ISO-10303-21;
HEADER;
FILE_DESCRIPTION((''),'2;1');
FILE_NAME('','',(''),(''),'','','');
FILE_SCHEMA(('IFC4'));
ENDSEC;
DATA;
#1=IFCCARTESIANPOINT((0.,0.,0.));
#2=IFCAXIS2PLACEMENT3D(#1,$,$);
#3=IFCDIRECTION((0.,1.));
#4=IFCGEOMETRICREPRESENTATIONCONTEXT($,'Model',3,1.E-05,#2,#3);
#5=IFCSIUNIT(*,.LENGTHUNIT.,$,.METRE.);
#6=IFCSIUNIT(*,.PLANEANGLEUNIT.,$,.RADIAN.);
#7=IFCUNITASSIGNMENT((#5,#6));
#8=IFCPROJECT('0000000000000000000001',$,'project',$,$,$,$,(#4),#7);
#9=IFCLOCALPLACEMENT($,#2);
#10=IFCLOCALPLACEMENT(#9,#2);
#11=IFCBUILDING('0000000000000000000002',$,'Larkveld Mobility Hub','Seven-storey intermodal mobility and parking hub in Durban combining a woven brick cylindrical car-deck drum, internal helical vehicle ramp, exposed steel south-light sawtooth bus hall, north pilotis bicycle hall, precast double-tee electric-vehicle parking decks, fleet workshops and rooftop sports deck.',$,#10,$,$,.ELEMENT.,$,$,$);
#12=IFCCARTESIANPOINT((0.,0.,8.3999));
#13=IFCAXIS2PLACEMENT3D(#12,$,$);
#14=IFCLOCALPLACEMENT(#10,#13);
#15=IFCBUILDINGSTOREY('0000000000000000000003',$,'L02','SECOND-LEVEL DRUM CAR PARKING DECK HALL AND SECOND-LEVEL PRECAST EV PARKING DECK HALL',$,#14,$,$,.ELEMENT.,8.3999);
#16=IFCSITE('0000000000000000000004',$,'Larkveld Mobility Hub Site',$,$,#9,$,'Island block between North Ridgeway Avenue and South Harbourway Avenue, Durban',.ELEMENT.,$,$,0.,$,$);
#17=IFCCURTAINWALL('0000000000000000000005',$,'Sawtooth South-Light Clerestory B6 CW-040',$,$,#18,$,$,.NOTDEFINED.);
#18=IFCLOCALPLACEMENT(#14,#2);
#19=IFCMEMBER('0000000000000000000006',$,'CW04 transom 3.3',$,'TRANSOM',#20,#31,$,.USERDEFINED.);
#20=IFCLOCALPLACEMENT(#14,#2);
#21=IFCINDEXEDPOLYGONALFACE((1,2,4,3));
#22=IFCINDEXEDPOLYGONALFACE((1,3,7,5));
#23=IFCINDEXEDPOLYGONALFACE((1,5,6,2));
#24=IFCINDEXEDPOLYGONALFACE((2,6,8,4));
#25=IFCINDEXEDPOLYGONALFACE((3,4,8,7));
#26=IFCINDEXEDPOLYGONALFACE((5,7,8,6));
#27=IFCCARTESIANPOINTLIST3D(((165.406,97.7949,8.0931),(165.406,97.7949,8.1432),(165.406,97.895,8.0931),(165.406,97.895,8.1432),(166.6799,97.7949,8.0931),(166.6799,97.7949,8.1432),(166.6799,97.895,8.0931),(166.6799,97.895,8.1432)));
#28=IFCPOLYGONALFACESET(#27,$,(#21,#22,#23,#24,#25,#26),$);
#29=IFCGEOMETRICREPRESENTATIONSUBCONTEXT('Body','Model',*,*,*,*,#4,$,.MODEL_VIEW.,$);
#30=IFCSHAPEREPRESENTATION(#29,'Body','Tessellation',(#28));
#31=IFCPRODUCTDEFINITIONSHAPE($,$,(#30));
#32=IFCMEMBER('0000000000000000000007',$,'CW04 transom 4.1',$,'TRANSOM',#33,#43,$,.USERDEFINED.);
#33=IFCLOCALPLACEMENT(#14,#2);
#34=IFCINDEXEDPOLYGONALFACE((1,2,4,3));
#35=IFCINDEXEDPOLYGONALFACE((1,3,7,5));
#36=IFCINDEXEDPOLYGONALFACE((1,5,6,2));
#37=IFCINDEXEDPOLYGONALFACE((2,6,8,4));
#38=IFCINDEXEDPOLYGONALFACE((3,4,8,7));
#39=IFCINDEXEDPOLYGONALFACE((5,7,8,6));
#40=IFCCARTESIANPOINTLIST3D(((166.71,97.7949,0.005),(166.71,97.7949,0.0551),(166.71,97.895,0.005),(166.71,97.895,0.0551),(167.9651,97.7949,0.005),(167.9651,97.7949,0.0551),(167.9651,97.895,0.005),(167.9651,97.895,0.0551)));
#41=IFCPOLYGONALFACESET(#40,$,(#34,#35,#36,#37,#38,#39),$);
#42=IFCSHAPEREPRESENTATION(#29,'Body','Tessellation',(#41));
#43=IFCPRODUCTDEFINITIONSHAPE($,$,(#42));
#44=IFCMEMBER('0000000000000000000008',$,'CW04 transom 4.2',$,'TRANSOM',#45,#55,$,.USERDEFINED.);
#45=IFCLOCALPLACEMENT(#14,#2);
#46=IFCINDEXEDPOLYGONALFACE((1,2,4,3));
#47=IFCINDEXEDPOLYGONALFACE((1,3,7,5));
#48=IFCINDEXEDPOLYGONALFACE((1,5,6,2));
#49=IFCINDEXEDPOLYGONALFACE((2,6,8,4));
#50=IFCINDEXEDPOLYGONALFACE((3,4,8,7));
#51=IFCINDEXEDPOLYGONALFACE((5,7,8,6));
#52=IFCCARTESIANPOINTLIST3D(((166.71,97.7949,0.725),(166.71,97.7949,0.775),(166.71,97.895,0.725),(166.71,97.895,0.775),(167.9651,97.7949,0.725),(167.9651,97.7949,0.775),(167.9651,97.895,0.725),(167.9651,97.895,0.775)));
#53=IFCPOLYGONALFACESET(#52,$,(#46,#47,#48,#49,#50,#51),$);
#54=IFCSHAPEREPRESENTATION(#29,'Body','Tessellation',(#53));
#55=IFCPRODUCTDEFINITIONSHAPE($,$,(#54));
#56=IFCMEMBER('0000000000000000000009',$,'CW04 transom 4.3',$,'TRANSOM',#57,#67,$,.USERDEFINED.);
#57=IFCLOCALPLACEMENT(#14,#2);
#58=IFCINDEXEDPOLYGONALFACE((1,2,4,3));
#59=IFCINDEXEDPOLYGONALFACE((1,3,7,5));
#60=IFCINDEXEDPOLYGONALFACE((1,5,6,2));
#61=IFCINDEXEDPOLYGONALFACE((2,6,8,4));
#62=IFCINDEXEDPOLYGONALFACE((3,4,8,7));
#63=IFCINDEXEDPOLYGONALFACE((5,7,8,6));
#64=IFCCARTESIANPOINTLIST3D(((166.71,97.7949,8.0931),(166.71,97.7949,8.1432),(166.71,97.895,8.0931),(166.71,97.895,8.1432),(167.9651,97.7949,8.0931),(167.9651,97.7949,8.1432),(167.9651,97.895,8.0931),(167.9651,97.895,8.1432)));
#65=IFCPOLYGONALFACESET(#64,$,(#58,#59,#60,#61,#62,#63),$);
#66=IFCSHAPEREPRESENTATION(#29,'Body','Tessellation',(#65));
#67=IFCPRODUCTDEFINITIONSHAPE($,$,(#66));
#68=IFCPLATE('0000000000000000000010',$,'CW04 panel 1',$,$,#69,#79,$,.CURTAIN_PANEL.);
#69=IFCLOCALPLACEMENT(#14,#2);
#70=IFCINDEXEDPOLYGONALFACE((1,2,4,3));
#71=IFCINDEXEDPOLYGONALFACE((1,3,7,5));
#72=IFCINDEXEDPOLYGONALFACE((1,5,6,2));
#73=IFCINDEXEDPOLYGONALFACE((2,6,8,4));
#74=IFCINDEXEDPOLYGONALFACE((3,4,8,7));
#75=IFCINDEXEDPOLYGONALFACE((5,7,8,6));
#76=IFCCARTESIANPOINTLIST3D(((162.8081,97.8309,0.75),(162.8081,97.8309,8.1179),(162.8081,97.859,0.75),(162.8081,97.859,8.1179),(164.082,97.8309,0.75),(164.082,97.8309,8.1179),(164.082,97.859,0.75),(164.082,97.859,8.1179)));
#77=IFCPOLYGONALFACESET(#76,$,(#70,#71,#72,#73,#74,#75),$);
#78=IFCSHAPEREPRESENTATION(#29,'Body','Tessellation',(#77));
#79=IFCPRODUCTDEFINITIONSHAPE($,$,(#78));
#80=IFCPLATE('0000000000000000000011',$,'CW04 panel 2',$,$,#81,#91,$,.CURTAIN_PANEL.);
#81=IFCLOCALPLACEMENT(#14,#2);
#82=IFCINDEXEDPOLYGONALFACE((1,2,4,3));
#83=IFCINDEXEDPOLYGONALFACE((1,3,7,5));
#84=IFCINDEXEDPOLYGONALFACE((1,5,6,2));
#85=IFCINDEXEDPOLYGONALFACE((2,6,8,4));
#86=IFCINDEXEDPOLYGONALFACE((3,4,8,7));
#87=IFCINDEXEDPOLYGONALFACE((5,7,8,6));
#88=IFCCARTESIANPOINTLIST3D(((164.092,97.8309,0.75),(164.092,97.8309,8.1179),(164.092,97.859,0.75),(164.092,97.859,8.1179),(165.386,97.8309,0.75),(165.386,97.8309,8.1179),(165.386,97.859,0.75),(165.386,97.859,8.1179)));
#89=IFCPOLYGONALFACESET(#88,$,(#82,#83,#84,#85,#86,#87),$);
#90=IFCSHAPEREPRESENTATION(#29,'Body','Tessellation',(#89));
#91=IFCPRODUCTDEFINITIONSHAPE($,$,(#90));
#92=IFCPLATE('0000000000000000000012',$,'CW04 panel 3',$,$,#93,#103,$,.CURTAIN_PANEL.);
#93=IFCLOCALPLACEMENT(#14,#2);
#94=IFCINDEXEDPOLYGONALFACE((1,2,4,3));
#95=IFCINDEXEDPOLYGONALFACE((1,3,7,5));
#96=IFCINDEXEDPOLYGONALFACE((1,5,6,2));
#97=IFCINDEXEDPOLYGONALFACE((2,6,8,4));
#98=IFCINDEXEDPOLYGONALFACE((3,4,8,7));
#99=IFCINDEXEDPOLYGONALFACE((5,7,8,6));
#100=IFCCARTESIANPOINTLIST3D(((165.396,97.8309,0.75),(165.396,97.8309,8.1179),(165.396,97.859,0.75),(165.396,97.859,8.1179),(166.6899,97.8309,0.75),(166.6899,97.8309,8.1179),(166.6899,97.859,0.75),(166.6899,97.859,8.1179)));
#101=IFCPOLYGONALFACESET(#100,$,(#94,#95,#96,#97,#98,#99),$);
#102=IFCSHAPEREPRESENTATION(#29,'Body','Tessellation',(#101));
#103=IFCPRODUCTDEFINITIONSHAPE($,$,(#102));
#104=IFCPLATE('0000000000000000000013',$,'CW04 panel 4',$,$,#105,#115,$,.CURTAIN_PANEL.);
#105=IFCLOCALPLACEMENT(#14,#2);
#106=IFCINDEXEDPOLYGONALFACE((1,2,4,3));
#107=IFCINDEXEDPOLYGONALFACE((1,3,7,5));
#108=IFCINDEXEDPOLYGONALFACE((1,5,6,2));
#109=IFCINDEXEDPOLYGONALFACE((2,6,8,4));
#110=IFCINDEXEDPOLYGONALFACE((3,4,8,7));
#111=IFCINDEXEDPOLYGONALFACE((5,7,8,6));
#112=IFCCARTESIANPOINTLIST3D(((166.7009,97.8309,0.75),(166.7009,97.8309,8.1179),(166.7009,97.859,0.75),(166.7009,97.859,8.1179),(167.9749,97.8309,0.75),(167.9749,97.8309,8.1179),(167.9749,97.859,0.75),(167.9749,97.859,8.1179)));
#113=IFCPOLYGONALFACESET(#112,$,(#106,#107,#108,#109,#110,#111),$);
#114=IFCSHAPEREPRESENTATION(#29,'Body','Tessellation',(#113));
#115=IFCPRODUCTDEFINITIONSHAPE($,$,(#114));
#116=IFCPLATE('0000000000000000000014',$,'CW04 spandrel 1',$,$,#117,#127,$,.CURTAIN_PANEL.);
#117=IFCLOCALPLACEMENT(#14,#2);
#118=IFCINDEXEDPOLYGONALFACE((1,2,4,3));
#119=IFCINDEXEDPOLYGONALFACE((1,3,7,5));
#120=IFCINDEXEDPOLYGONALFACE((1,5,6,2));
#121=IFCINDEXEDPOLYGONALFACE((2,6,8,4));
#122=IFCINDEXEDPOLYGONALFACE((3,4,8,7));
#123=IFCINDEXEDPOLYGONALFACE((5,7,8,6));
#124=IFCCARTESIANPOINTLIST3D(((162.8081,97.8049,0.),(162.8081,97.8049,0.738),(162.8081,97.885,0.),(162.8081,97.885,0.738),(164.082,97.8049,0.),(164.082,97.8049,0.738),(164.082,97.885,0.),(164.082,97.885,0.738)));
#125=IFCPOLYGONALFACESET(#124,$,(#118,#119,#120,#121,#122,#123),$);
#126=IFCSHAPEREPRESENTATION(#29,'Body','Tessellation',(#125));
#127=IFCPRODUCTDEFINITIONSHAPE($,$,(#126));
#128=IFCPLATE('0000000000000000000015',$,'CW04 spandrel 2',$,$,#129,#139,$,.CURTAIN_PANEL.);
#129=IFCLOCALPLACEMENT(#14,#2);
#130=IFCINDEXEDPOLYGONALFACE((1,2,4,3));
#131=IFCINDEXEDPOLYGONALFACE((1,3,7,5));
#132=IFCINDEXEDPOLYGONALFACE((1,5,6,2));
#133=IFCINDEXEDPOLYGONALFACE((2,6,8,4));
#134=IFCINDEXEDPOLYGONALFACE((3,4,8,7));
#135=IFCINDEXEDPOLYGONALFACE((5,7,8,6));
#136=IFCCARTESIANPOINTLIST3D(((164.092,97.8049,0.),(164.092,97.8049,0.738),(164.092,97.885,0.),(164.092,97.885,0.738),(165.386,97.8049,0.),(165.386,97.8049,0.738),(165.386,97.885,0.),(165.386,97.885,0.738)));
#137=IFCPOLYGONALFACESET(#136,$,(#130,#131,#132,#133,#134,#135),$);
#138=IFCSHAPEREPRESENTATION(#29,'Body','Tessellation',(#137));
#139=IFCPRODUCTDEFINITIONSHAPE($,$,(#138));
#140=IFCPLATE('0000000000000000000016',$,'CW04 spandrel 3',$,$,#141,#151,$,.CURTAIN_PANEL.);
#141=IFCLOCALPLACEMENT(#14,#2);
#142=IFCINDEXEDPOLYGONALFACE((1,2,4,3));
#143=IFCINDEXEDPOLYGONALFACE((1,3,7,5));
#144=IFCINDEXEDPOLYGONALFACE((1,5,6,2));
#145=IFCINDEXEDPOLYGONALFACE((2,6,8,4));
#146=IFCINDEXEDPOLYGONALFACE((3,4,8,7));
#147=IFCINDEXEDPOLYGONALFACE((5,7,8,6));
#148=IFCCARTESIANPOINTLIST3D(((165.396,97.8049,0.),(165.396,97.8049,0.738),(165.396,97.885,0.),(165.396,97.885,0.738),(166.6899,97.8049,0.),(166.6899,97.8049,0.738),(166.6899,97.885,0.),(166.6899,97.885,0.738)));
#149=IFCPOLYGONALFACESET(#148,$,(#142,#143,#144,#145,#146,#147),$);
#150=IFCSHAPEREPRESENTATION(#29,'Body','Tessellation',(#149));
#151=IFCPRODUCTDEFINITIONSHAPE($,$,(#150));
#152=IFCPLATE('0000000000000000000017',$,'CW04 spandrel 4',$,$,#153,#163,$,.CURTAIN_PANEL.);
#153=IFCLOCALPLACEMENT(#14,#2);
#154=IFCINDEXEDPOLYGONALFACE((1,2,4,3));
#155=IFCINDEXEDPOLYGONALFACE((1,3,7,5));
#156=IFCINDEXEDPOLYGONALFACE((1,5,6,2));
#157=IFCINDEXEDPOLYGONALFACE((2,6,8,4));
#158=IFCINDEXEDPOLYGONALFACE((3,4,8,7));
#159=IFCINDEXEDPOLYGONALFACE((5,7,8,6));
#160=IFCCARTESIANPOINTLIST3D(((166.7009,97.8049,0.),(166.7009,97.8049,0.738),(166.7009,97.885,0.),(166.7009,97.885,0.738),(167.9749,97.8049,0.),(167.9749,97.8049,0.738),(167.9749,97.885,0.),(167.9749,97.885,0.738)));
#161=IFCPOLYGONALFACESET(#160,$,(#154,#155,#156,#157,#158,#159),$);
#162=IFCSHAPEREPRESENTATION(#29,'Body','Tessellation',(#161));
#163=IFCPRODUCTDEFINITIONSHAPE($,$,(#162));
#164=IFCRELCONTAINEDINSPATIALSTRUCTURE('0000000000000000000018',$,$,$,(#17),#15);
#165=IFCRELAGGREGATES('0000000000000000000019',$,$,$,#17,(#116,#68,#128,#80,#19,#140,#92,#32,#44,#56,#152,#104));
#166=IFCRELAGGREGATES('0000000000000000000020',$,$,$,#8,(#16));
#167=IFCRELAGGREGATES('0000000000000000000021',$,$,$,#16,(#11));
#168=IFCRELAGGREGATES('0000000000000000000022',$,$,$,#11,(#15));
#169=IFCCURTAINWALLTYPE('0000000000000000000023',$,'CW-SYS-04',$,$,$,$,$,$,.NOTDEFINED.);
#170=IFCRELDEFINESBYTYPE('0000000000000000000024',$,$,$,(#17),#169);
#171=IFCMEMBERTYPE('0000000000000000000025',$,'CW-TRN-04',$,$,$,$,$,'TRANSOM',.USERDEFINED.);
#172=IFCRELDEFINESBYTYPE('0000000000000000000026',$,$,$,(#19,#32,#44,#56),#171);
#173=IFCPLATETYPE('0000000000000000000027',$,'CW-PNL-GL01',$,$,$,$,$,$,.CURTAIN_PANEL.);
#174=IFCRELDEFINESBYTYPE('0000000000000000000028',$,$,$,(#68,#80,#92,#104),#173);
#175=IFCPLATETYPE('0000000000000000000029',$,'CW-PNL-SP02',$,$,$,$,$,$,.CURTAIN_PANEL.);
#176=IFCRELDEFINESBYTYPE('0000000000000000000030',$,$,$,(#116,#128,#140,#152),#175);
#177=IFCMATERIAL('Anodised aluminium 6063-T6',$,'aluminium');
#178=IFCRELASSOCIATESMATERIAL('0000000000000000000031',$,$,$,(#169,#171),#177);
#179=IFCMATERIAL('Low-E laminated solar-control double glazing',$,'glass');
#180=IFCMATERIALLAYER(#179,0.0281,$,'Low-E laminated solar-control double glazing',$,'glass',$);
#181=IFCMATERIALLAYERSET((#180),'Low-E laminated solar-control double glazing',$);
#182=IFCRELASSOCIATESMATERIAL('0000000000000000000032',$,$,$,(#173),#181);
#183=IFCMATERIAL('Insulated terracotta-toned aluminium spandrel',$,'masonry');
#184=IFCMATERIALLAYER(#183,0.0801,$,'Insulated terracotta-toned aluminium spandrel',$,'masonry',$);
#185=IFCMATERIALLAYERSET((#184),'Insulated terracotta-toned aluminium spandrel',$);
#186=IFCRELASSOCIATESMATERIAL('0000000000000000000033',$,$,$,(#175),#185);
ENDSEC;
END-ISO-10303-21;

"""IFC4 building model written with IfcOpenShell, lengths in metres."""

from ifc_helpers import new_model, si_unit, direction, frame, origin, origin_2d, place, context, subcontext, project, spatial, rectangle, extrude, material, layer, layer_set, material_profile, profile_set, type_object, element, aggregate, save


model = new_model("IFC4")

# Units and contexts
model_context = context("Model", 3, precision=1e-05, world=origin(), true_north=direction((0.0, 1.0)))
body_context = subcontext(model_context, "Body", "Model", "MODEL_VIEW")
ifc_project = project(units=[si_unit("LENGTHUNIT", "METRE"), si_unit("PLANEANGLEUNIT", "RADIAN")], contexts=[model_context])

# Site, building, storey
site_placement = place(None, origin())
site = spatial("IfcSite", under=ifc_project, at=site_placement, Name="Larkveld Mobility Hub Site", LongName="Island block between North Ridgeway Avenue and South Harbourway Avenue, Durban", CompositionType="ELEMENT", RefElevation=0.0)
building_placement = place(site_placement, origin())
building = spatial("IfcBuilding", under=site, at=building_placement, Name="Larkveld Mobility Hub", Description="Seven-storey intermodal mobility and parking hub in Durban combining a woven brick cylindrical car-deck drum, internal helical vehicle ramp, exposed steel south-light sawtooth bus hall, north pilotis bicycle hall, precast double-tee electric-vehicle parking decks, fleet workshops and rooftop sports deck.", CompositionType="ELEMENT")
storey_placement = place(building_placement, frame((0.0, 0.0, 8.3999)))
storey = spatial("IfcBuildingStorey", under=building, at=storey_placement, Name="L02", Description="SECOND-LEVEL DRUM CAR PARKING DECK HALL AND SECOND-LEVEL PRECAST EV PARKING DECK HALL", CompositionType="ELEMENT", Elevation=8.3999)

# Shared definitions
ifc_material_1 = material(Name="Anodised aluminium 6063-T6", Category="aluminium")

# Curtain wall, members, plates
curtain_wall_type_1 = type_object("IfcCurtainWallType", Name="CW-SYS-04", PredefinedType="NOTDEFINED", material=ifc_material_1)
curtain_wall_1_placement = place(storey_placement, origin())
curtain_wall_1 = element("IfcCurtainWall", 1, at=curtain_wall_1_placement, inside=storey, type_object=curtain_wall_type_1, Name="Sawtooth South-Light Clerestory B6 CW-040", PredefinedType="NOTDEFINED")
ifc_material_profile_1 = material_profile(ifc_material_1, rectangle(XDim=0.1001, YDim=0.05, at=origin_2d()), Name="ALU TRAN 50x100")
ifc_profile_set_1 = profile_set([ifc_material_profile_1], Name="Anodised aluminium 6063-T6")
member_type_1 = type_object("IfcMemberType", Name="CW-TRN-04", ElementType="TRANSOM", PredefinedType="USERDEFINED", material=ifc_profile_set_1)
member_1_placement = place(storey_placement, frame((165.406, 97.845, 8.1182), z_axis=(1.0, 0.0, 0.0), x_axis=(0.0, 1.0, 0.0)))
member_1 = element("IfcMember", 2, at=member_1_placement, type_object=member_type_1, Name="CW04 transom 3.3", ObjectType="TRANSOM", PredefinedType="USERDEFINED", context=body_context, shape_type="SweptSolid", body=[
    extrude(rectangle(XDim=0.1001, YDim=0.05, at=origin_2d()), origin(), (0.0, 0.0, 1.0), 1.2739),
])
member_2_placement = place(storey_placement, frame((166.71, 97.845, 0.03), z_axis=(1.0, 0.0, 0.0), x_axis=(0.0, 1.0, 0.0)))
member_2 = element("IfcMember", 3, at=member_2_placement, type_object=member_type_1, Name="CW04 transom 4.1", ObjectType="TRANSOM", PredefinedType="USERDEFINED", context=body_context, shape_type="SweptSolid", body=[
    extrude(rectangle(XDim=0.1001, YDim=0.05, at=origin_2d()), origin(), (0.0, 0.0, 1.0), 1.2551),
])
member_3_placement = place(storey_placement, frame((166.71, 97.845, 0.75), z_axis=(1.0, 0.0, 0.0), x_axis=(0.0, 1.0, 0.0)))
member_3 = element("IfcMember", 4, at=member_3_placement, type_object=member_type_1, Name="CW04 transom 4.2", ObjectType="TRANSOM", PredefinedType="USERDEFINED", context=body_context, shape_type="SweptSolid", body=[
    extrude(rectangle(XDim=0.1001, YDim=0.05, at=origin_2d()), origin(), (0.0, 0.0, 1.0), 1.2551),
])
member_4_placement = place(storey_placement, frame((166.71, 97.845, 8.1182), z_axis=(1.0, 0.0, 0.0), x_axis=(0.0, 1.0, 0.0)))
member_4 = element("IfcMember", 5, at=member_4_placement, type_object=member_type_1, Name="CW04 transom 4.3", ObjectType="TRANSOM", PredefinedType="USERDEFINED", context=body_context, shape_type="SweptSolid", body=[
    extrude(rectangle(XDim=0.1001, YDim=0.05, at=origin_2d()), origin(), (0.0, 0.0, 1.0), 1.2551),
])
ifc_material_2 = material(Name="Low-E laminated solar-control double glazing", Category="glass")
ifc_layer_1 = layer(ifc_material_2, 0.0281, Name="Low-E laminated solar-control double glazing", Category="glass")
ifc_layer_set_1 = layer_set([ifc_layer_1], Name="Low-E laminated solar-control double glazing")
plate_type_1 = type_object("IfcPlateType", Name="CW-PNL-GL01", PredefinedType="CURTAIN_PANEL", material=ifc_layer_set_1)
plate_1_placement = place(storey_placement, frame((163.4451, 97.845, 0.75), z_axis=(0.0, 0.0, 1.0), x_axis=(1.0, 0.0, 0.0)))
plate_1 = element("IfcPlate", 6, at=plate_1_placement, type_object=plate_type_1, Name="CW04 panel 1", PredefinedType="CURTAIN_PANEL", context=body_context, shape_type="SweptSolid", body=[
    extrude(rectangle(XDim=1.2739, YDim=0.0281, at=origin_2d()), origin(), (0.0, 0.0, 1.0), 7.3679),
])
plate_2_placement = place(storey_placement, frame((164.739, 97.845, 0.75), z_axis=(0.0, 0.0, 1.0), x_axis=(1.0, 0.0, 0.0)))
plate_2 = element("IfcPlate", 7, at=plate_2_placement, type_object=plate_type_1, Name="CW04 panel 2", PredefinedType="CURTAIN_PANEL", context=body_context, shape_type="SweptSolid", body=[
    extrude(rectangle(XDim=1.2939, YDim=0.0281, at=origin_2d()), origin(), (0.0, 0.0, 1.0), 7.3679),
])
plate_3_placement = place(storey_placement, frame((166.043, 97.845, 0.75), z_axis=(0.0, 0.0, 1.0), x_axis=(1.0, 0.0, 0.0)))
plate_3 = element("IfcPlate", 8, at=plate_3_placement, type_object=plate_type_1, Name="CW04 panel 3", PredefinedType="CURTAIN_PANEL", context=body_context, shape_type="SweptSolid", body=[
    extrude(rectangle(XDim=1.2939, YDim=0.0281, at=origin_2d()), origin(), (0.0, 0.0, 1.0), 7.3679),
])
plate_4_placement = place(storey_placement, frame((167.3379, 97.845, 0.75), z_axis=(0.0, 0.0, 1.0), x_axis=(1.0, 0.0, 0.0)))
plate_4 = element("IfcPlate", 9, at=plate_4_placement, type_object=plate_type_1, Name="CW04 panel 4", PredefinedType="CURTAIN_PANEL", context=body_context, shape_type="SweptSolid", body=[
    extrude(rectangle(XDim=1.2739, YDim=0.0281, at=origin_2d()), origin(), (0.0, 0.0, 1.0), 7.3679),
])
ifc_material_3 = material(Name="Insulated terracotta-toned aluminium spandrel", Category="masonry")
ifc_layer_2 = layer(ifc_material_3, 0.0801, Name="Insulated terracotta-toned aluminium spandrel", Category="masonry")
ifc_layer_set_2 = layer_set([ifc_layer_2], Name="Insulated terracotta-toned aluminium spandrel")
plate_type_2 = type_object("IfcPlateType", Name="CW-PNL-SP02", PredefinedType="CURTAIN_PANEL", material=ifc_layer_set_2)
plate_5_placement = place(storey_placement, frame((163.4451, 97.845, 0.0), z_axis=(0.0, 0.0, 1.0), x_axis=(1.0, 0.0, 0.0)))
plate_5 = element("IfcPlate", 10, at=plate_5_placement, type_object=plate_type_2, Name="CW04 spandrel 1", PredefinedType="CURTAIN_PANEL", context=body_context, shape_type="SweptSolid", body=[
    extrude(rectangle(XDim=1.2739, YDim=0.0801, at=origin_2d()), origin(), (0.0, 0.0, 1.0), 0.738),
])
plate_6_placement = place(storey_placement, frame((164.739, 97.845, 0.0), z_axis=(0.0, 0.0, 1.0), x_axis=(1.0, 0.0, 0.0)))
plate_6 = element("IfcPlate", 11, at=plate_6_placement, type_object=plate_type_2, Name="CW04 spandrel 2", PredefinedType="CURTAIN_PANEL", context=body_context, shape_type="SweptSolid", body=[
    extrude(rectangle(XDim=1.2939, YDim=0.0801, at=origin_2d()), origin(), (0.0, 0.0, 1.0), 0.738),
])
plate_7_placement = place(storey_placement, frame((166.043, 97.845, 0.0), z_axis=(0.0, 0.0, 1.0), x_axis=(1.0, 0.0, 0.0)))
plate_7 = element("IfcPlate", 12, at=plate_7_placement, type_object=plate_type_2, Name="CW04 spandrel 3", PredefinedType="CURTAIN_PANEL", context=body_context, shape_type="SweptSolid", body=[
    extrude(rectangle(XDim=1.2939, YDim=0.0801, at=origin_2d()), origin(), (0.0, 0.0, 1.0), 0.738),
])
plate_8_placement = place(storey_placement, frame((167.3379, 97.845, 0.0), z_axis=(0.0, 0.0, 1.0), x_axis=(1.0, 0.0, 0.0)))
plate_8 = element("IfcPlate", 13, at=plate_8_placement, type_object=plate_type_2, Name="CW04 spandrel 4", PredefinedType="CURTAIN_PANEL", context=body_context, shape_type="SweptSolid", body=[
    extrude(rectangle(XDim=1.2739, YDim=0.0801, at=origin_2d()), origin(), (0.0, 0.0, 1.0), 0.738),
])
aggregate(curtain_wall_1, [plate_5, plate_1, plate_6, plate_2, member_1, plate_7, plate_3, member_2, member_3, member_4, plate_8, plate_4])

save(model, "model.ifc")
